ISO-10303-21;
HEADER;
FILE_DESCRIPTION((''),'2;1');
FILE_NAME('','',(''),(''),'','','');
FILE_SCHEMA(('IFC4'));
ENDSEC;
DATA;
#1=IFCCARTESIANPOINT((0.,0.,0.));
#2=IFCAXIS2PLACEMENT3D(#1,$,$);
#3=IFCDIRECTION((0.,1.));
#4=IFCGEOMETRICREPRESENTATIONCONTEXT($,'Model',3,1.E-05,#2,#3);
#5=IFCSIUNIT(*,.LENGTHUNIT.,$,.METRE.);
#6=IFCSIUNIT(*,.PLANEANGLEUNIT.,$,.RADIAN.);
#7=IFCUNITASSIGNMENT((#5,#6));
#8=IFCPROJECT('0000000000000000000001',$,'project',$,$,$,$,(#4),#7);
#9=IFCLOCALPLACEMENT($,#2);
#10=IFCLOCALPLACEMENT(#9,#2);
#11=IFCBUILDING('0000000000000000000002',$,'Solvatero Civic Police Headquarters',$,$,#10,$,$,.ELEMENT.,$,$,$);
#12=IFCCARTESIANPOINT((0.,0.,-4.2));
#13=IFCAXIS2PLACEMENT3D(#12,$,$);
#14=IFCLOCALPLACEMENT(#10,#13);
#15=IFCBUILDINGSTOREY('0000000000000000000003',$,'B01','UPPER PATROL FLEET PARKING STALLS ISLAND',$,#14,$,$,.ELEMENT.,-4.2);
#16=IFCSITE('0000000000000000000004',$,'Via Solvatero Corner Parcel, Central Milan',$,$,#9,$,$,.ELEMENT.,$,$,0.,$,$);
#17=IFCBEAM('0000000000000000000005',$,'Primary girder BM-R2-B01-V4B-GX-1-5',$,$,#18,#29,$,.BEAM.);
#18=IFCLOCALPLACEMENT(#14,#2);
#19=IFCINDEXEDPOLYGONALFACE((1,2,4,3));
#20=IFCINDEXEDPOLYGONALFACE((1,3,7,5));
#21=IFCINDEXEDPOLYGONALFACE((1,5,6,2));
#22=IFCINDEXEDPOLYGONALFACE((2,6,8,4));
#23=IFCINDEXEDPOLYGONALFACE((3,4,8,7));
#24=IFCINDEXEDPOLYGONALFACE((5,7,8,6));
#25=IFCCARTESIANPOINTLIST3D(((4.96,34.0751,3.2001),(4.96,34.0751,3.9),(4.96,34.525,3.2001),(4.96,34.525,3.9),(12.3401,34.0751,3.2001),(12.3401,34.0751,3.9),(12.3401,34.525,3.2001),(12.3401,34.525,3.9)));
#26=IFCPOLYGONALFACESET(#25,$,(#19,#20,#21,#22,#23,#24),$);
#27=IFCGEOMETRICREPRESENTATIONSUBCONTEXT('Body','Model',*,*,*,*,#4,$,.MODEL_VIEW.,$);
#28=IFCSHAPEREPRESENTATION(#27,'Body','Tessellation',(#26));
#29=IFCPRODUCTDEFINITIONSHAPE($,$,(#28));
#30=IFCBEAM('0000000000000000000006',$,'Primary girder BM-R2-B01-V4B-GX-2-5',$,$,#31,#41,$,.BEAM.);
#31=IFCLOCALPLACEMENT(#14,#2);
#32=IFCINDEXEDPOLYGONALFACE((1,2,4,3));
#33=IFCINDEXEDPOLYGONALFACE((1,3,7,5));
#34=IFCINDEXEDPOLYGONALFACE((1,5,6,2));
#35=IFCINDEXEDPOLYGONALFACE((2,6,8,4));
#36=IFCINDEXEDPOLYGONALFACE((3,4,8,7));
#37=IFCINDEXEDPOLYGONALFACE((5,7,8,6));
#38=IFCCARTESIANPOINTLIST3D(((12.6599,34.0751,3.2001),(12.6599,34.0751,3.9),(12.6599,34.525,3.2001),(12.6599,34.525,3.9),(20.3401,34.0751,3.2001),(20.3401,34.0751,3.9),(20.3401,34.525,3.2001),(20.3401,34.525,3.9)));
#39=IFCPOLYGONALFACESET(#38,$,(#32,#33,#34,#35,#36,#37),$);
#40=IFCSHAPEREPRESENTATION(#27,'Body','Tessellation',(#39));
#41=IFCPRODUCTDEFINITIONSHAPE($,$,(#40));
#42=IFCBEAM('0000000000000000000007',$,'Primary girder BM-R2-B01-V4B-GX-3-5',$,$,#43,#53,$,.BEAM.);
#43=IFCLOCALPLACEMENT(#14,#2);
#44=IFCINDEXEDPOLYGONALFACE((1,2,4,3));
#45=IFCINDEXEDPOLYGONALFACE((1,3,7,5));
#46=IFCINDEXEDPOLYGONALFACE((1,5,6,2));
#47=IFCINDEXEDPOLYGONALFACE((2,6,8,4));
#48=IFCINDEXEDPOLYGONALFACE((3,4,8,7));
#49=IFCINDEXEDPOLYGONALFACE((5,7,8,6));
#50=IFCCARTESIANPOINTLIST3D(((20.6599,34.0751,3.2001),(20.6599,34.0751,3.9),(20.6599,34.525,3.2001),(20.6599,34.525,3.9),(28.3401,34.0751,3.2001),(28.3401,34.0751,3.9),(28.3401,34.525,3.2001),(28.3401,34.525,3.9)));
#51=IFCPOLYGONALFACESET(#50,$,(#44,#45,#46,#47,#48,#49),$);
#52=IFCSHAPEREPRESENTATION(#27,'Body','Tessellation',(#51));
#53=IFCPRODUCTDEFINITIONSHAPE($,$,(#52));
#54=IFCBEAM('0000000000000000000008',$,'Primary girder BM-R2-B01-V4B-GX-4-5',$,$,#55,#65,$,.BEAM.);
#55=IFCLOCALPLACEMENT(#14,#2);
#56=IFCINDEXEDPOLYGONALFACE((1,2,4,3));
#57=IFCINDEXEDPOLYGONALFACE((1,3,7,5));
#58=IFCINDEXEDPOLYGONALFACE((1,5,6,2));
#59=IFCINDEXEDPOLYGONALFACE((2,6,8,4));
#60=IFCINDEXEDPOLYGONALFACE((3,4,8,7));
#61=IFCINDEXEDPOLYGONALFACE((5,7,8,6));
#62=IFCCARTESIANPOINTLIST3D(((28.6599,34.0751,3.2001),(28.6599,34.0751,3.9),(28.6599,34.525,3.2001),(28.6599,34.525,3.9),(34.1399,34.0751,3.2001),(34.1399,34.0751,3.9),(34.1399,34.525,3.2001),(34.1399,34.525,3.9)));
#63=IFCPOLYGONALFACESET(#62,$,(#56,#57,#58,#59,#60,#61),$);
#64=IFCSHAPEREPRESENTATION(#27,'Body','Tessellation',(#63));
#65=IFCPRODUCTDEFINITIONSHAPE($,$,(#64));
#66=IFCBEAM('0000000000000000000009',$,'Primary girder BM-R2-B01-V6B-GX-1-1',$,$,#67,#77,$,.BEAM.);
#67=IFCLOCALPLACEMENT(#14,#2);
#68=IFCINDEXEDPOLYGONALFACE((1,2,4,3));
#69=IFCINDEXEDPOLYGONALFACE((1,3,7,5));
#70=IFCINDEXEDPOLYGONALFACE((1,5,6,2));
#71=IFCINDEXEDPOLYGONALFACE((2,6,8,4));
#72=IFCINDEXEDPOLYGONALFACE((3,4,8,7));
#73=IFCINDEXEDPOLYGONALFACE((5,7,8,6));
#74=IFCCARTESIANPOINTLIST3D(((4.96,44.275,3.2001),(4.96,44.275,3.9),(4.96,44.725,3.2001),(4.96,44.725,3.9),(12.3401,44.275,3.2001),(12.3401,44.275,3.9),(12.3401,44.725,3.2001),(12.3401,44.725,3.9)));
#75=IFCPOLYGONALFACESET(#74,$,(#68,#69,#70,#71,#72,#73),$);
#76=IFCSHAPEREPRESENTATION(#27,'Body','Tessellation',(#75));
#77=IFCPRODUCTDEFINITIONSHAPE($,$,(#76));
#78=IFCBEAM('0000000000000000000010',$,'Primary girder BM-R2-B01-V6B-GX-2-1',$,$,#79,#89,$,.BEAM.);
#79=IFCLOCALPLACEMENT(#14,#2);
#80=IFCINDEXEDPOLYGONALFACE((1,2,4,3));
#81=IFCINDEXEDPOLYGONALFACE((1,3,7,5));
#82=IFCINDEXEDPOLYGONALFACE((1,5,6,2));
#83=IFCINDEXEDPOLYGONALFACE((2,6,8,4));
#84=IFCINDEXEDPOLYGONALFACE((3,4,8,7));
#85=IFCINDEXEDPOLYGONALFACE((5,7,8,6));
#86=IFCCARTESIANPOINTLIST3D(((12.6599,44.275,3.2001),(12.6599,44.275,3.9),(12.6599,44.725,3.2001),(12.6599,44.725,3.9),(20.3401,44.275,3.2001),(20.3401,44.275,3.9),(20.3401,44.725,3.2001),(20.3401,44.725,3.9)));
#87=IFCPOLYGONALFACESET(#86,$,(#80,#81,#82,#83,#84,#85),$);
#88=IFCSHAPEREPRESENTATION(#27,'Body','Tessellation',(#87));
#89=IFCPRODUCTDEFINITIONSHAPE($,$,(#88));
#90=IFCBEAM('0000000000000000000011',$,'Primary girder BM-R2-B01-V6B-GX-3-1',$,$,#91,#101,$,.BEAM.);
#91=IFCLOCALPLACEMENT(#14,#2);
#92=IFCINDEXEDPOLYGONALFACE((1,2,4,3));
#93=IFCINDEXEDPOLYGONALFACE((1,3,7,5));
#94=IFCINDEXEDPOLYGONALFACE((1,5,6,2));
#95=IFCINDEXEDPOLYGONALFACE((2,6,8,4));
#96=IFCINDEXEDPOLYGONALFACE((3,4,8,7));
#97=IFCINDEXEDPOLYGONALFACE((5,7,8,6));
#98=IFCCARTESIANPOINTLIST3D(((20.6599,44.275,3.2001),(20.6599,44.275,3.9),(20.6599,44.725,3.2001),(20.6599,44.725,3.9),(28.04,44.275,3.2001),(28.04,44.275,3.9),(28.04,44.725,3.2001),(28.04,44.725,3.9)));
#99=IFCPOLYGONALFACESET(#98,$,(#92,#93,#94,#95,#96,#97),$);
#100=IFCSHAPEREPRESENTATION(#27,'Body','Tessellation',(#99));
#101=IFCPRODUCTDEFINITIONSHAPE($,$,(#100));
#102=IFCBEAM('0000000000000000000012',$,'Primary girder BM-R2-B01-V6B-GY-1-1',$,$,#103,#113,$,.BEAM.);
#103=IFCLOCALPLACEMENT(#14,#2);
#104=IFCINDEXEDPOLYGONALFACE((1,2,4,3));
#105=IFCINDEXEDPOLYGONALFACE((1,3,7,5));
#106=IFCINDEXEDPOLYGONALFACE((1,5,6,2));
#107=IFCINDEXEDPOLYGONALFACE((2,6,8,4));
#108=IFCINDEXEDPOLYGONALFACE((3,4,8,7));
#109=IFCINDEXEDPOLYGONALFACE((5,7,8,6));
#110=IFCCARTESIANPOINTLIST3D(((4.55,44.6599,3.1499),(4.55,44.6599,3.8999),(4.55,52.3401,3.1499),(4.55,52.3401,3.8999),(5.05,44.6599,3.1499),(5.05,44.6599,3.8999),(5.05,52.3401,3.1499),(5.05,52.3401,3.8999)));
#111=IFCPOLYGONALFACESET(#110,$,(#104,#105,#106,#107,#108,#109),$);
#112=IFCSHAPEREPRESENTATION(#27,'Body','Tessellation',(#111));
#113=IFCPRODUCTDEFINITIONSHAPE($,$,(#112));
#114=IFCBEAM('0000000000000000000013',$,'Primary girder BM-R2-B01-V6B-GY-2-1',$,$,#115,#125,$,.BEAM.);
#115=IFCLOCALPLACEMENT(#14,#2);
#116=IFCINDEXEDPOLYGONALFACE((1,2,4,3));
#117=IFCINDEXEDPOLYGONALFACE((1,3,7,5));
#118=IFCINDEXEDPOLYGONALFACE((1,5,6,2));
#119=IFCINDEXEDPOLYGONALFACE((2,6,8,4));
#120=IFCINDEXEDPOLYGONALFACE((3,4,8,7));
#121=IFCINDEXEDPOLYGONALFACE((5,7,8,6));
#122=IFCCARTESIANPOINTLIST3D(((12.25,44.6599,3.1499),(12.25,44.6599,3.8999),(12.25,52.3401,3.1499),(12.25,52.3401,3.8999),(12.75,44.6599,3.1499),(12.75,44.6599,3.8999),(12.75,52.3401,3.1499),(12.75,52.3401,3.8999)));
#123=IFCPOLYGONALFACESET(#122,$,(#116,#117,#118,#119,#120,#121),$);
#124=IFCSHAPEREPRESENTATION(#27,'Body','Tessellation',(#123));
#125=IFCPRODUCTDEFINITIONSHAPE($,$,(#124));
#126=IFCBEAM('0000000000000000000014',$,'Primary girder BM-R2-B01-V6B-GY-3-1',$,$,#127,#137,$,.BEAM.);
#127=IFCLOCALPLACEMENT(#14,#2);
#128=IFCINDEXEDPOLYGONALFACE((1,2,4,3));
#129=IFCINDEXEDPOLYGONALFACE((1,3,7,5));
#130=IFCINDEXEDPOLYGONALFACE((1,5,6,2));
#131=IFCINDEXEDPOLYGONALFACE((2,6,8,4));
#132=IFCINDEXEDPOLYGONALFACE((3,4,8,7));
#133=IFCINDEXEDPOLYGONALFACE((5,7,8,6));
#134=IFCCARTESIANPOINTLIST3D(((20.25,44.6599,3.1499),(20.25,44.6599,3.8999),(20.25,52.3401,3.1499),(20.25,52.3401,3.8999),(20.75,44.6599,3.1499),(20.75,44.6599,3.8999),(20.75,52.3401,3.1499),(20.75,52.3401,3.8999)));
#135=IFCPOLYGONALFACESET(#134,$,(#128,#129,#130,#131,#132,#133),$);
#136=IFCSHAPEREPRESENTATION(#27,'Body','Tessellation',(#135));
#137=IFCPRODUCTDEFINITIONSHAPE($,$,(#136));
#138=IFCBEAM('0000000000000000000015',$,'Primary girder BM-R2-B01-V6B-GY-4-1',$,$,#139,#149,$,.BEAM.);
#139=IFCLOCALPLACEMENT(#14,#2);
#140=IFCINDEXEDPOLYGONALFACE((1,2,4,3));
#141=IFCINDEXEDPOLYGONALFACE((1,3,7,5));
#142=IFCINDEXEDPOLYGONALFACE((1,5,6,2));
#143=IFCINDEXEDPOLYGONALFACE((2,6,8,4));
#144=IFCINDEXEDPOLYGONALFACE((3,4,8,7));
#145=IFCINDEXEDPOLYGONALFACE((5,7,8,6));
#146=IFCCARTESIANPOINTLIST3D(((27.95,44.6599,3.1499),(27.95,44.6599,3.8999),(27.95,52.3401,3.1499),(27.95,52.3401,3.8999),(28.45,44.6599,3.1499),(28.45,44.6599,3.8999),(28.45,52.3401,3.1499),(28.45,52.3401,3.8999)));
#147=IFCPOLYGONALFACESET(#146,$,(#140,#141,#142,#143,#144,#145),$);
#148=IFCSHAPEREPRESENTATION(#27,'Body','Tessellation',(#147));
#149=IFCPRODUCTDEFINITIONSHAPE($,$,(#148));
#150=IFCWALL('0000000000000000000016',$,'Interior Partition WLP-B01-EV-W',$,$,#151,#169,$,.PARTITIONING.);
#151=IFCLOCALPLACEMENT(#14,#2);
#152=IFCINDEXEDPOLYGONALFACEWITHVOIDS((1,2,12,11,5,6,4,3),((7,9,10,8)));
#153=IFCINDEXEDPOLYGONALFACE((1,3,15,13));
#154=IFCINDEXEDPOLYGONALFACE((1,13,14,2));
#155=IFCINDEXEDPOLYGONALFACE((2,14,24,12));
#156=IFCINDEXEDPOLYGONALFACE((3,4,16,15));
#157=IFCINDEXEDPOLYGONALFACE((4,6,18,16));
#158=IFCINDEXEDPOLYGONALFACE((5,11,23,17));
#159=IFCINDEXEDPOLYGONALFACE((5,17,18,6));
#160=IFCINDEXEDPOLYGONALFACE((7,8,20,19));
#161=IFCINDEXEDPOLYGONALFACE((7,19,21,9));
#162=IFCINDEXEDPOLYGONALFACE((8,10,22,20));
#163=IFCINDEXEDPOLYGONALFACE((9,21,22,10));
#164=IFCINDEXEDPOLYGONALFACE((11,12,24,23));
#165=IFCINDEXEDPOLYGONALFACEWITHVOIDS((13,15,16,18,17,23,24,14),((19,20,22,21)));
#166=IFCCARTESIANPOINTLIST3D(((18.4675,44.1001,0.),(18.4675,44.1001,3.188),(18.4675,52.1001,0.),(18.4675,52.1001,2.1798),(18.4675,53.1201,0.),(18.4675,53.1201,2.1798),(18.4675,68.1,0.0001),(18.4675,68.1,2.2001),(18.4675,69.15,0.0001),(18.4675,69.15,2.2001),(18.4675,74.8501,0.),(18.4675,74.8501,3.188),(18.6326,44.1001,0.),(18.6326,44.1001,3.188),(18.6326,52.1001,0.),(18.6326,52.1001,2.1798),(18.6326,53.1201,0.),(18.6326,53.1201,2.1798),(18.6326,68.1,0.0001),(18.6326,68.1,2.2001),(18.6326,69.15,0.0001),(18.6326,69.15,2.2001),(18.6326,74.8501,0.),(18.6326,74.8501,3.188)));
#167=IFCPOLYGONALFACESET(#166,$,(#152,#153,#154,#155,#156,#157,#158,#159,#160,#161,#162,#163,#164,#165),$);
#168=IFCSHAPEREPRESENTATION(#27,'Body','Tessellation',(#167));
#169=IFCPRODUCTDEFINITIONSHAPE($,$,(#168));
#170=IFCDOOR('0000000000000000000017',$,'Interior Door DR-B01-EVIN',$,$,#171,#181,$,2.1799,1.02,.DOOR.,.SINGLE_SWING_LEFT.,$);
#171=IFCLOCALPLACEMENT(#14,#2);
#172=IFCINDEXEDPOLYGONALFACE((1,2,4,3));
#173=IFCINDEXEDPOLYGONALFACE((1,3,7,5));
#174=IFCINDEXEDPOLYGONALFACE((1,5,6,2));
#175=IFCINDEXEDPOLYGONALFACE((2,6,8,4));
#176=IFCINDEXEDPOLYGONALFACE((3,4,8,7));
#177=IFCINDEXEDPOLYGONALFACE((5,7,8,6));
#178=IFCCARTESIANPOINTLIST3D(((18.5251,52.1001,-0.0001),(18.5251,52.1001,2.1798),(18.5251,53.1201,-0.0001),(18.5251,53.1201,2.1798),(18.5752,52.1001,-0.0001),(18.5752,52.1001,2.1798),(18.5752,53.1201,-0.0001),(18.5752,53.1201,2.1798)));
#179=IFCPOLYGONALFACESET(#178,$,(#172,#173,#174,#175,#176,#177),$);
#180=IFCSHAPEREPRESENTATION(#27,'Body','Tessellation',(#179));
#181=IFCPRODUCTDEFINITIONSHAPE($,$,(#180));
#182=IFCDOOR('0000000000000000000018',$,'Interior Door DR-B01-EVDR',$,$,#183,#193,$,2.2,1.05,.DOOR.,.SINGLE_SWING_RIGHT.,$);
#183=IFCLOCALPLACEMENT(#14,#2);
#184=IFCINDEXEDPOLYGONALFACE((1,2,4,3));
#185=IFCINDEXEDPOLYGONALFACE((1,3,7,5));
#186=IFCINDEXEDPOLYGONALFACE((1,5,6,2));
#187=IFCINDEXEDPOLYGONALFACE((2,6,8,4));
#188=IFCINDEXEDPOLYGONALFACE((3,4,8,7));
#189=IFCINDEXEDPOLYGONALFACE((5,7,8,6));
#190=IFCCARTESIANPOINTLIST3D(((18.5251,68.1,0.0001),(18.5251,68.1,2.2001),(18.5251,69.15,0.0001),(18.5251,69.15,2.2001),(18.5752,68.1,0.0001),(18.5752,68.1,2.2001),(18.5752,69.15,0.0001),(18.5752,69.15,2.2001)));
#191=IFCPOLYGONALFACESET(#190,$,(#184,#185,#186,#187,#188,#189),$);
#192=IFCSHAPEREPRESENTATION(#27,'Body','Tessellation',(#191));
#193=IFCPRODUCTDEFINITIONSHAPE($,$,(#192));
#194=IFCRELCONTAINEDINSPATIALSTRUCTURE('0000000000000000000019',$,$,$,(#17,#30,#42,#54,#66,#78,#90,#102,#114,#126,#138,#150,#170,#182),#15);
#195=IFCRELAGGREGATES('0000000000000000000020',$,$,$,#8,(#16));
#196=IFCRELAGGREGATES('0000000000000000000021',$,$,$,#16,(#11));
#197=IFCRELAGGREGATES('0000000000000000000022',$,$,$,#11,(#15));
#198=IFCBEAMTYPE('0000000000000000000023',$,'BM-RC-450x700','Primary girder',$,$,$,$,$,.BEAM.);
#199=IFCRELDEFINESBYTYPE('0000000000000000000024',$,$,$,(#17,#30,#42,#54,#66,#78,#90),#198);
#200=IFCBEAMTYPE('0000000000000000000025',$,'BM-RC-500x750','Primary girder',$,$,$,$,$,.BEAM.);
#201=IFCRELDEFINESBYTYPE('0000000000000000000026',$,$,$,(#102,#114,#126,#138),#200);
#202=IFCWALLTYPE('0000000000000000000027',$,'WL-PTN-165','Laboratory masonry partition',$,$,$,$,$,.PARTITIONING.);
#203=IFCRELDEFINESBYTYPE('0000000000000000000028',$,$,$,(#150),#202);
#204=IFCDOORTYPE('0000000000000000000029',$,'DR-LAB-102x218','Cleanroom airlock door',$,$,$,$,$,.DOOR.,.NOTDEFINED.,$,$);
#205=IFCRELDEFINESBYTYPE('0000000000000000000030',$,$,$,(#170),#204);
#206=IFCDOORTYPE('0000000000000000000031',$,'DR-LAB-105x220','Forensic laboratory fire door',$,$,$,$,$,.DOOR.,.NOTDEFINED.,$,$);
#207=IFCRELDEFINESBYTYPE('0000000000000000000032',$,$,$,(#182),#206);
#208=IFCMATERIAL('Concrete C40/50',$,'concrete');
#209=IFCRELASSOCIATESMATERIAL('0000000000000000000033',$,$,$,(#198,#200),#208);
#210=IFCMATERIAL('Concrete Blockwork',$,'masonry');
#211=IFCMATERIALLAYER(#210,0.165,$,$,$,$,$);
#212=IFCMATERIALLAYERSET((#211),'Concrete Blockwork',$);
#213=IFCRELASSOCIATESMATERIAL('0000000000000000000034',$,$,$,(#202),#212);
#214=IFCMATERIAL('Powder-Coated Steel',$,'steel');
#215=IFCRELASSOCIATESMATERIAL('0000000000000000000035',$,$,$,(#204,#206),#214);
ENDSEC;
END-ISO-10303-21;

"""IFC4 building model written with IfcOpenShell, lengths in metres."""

from ifc_helpers import new_model, si_unit, direction, frame, frame_2d, origin, origin_2d, place, context, subcontext, project, spatial, rectangle, extrude, material, layer, layer_set, material_profile, profile_set, type_object, element, fill, save


model = new_model("IFC4")

# Units and contexts
model_context = context("Model", 3, precision=1e-05, world=origin(), true_north=direction((0.0, 1.0)))
body_context = subcontext(model_context, "Body", "Model", "MODEL_VIEW")
ifc_project = project(units=[si_unit("LENGTHUNIT", "METRE"), si_unit("PLANEANGLEUNIT", "RADIAN")], contexts=[model_context])

# Site, building, storey
site_placement = place(None, origin())
site = spatial("IfcSite", under=ifc_project, at=site_placement, Name="Via Solvatero Corner Parcel, Central Milan", CompositionType="ELEMENT", RefElevation=0.0)
building_placement = place(site_placement, origin())
building = spatial("IfcBuilding", under=site, at=building_placement, Name="Solvatero Civic Police Headquarters", CompositionType="ELEMENT")
storey_placement = place(building_placement, frame((0.0, 0.0, -4.2)))
storey = spatial("IfcBuildingStorey", under=building, at=storey_placement, Name="B01", Description="UPPER PATROL FLEET PARKING STALLS ISLAND", CompositionType="ELEMENT", Elevation=-4.2)

# Shared definitions
ifc_material_1 = material(Name="Concrete C40/50", Category="concrete")

# Beams
ifc_material_profile_1 = material_profile(ifc_material_1, rectangle(XDim=0.45, YDim=0.7, at=origin_2d()), Name="RC 450x700")
ifc_profile_set_1 = profile_set([ifc_material_profile_1], Name="Concrete C40/50")
beam_type_1 = type_object("IfcBeamType", Name="BM-RC-450x700", Description="Primary girder", PredefinedType="BEAM", material=ifc_profile_set_1)
beam_1_placement = place(storey_placement, frame((4.96, 34.3, 3.55), z_axis=(1.0, 0.0, 0.0), x_axis=(0.0, 1.0, 0.0)))
element("IfcBeam", 1, at=beam_1_placement, inside=storey, type_object=beam_type_1, Name="Primary girder BM-R2-B01-V4B-GX-1-5", PredefinedType="BEAM", context=body_context, shape_type="SweptSolid", body=[
    extrude(rectangle(XDim=0.45, YDim=0.7, at=origin_2d()), origin(), (0.0, 0.0, 1.0), 7.3801),
])
for number, where, z_axis, x_axis, name in (
    (2, (12.6599, 34.3, 3.55), (1.0, 0.0, 0.0), (0.0, 1.0, 0.0), "Primary girder BM-R2-B01-V4B-GX-2-5"),
    (3, (20.6599, 34.3, 3.55), (1.0, 0.0, 0.0), (0.0, 1.0, 0.0), "Primary girder BM-R2-B01-V4B-GX-3-5"),
):
    element("IfcBeam", number, at=place(storey_placement, frame(where, z_axis=z_axis, x_axis=x_axis)), inside=storey, type_object=beam_type_1, Name=name, PredefinedType="BEAM", context=body_context, shape_type="SweptSolid", body=[
        extrude(rectangle(XDim=0.45, YDim=0.7, at=origin_2d()), origin(), (0.0, 0.0, 1.0), 7.6802),
    ])
beam_2_placement = place(storey_placement, frame((28.6599, 34.3, 3.55), z_axis=(1.0, 0.0, 0.0), x_axis=(0.0, 1.0, 0.0)))
element("IfcBeam", 4, at=beam_2_placement, inside=storey, type_object=beam_type_1, Name="Primary girder BM-R2-B01-V4B-GX-4-5", PredefinedType="BEAM", context=body_context, shape_type="SweptSolid", body=[
    extrude(rectangle(XDim=0.45, YDim=0.7, at=origin_2d()), origin(), (0.0, 0.0, 1.0), 5.48),
])
beam_3_placement = place(storey_placement, frame((4.96, 44.5, 3.55), z_axis=(1.0, 0.0, 0.0), x_axis=(0.0, 1.0, 0.0)))
element("IfcBeam", 5, at=beam_3_placement, inside=storey, type_object=beam_type_1, Name="Primary girder BM-R2-B01-V6B-GX-1-1", PredefinedType="BEAM", context=body_context, shape_type="SweptSolid", body=[
    extrude(rectangle(XDim=0.45, YDim=0.7, at=origin_2d()), origin(), (0.0, 0.0, 1.0), 7.3801),
])
beam_4_placement = place(storey_placement, frame((12.6599, 44.5, 3.55), z_axis=(1.0, 0.0, 0.0), x_axis=(0.0, 1.0, 0.0)))
element("IfcBeam", 6, at=beam_4_placement, inside=storey, type_object=beam_type_1, Name="Primary girder BM-R2-B01-V6B-GX-2-1", PredefinedType="BEAM", context=body_context, shape_type="SweptSolid", body=[
    extrude(rectangle(XDim=0.45, YDim=0.7, at=origin_2d()), origin(), (0.0, 0.0, 1.0), 7.6802),
])
beam_5_placement = place(storey_placement, frame((20.6599, 44.5, 3.55), z_axis=(1.0, 0.0, 0.0), x_axis=(0.0, 1.0, 0.0)))
element("IfcBeam", 7, at=beam_5_placement, inside=storey, type_object=beam_type_1, Name="Primary girder BM-R2-B01-V6B-GX-3-1", PredefinedType="BEAM", context=body_context, shape_type="SweptSolid", body=[
    extrude(rectangle(XDim=0.45, YDim=0.7, at=origin_2d()), origin(), (0.0, 0.0, 1.0), 7.3801),
])
ifc_material_profile_2 = material_profile(ifc_material_1, rectangle(XDim=0.5, YDim=0.75, at=origin_2d()), Name="RC 500x750")
ifc_profile_set_2 = profile_set([ifc_material_profile_2], Name="Concrete C40/50")
beam_type_2 = type_object("IfcBeamType", Name="BM-RC-500x750", Description="Primary girder", PredefinedType="BEAM", material=ifc_profile_set_2)
for number, where, z_axis, x_axis, name in (
    (8, (4.8, 44.6599, 3.5249), (0.0, 1.0, 0.0), (-1.0, 0.0, 0.0), "Primary girder BM-R2-B01-V6B-GY-1-1"),
    (9, (12.5, 44.6599, 3.5249), (0.0, 1.0, 0.0), (-1.0, 0.0, 0.0), "Primary girder BM-R2-B01-V6B-GY-2-1"),
    (10, (20.5, 44.6599, 3.5249), (0.0, 1.0, 0.0), (-1.0, 0.0, 0.0), "Primary girder BM-R2-B01-V6B-GY-3-1"),
    (11, (28.2, 44.6599, 3.5249), (0.0, 1.0, 0.0), (-1.0, 0.0, 0.0), "Primary girder BM-R2-B01-V6B-GY-4-1"),
):
    element("IfcBeam", number, at=place(storey_placement, frame(where, z_axis=z_axis, x_axis=x_axis)), inside=storey, type_object=beam_type_2, Name=name, PredefinedType="BEAM", context=body_context, shape_type="SweptSolid", body=[
        extrude(rectangle(XDim=0.5, YDim=0.75, at=origin_2d()), origin(), (0.0, 0.0, 1.0), 7.6802),
    ])

# Wall, openings, doors
ifc_material_2 = material(Name="Concrete Blockwork", Category="masonry")
ifc_layer_1 = layer(ifc_material_2, 0.165)
ifc_layer_set_1 = layer_set([ifc_layer_1], Name="Concrete Blockwork")
wall_type_1 = type_object("IfcWallType", Name="WL-PTN-165", Description="Laboratory masonry partition", PredefinedType="PARTITIONING", material=ifc_layer_set_1)
wall_1_placement = place(storey_placement, frame((18.55, 44.1001, 0.0), z_axis=(0.0, 0.0, 1.0), x_axis=(0.0, 1.0, 0.0)))
wall_1 = element("IfcWall", 12, at=wall_1_placement, inside=storey, type_object=wall_type_1, Name="Interior Partition WLP-B01-EV-W", PredefinedType="PARTITIONING", context=body_context, shape_type="SweptSolid", body=[
    extrude(rectangle(XDim=30.75, YDim=0.165, at=frame_2d((15.375, 0.0))), origin(), (0.0, 0.0, 1.0), 3.188),
])
opening_1_placement = place(wall_1_placement, frame((8.0, 0.0, 0.0)))
opening_1 = element("IfcOpeningElement", 13, at=opening_1_placement, cuts=wall_1, PredefinedType="OPENING", context=body_context, shape_type="SweptSolid", body=[
    extrude(rectangle(XDim=1.02, YDim=2.1799, at=frame_2d((0.51, 1.0898))), frame((0.0, 0.0925, 0.0), z_axis=(0.0, -1.0, 0.0), x_axis=(1.0, 0.0, 0.0)), (0.0, 0.0, 1.0), 0.1851),
])
opening_2_placement = place(wall_1_placement, frame((24.0, 0.0, 0.0)))
opening_2 = element("IfcOpeningElement", 14, at=opening_2_placement, cuts=wall_1, PredefinedType="OPENING", context=body_context, shape_type="SweptSolid", body=[
    extrude(rectangle(XDim=1.05, YDim=2.2, at=frame_2d((0.5249, 1.1001))), frame((0.0, 0.0925, 0.0), z_axis=(0.0, -1.0, 0.0), x_axis=(1.0, 0.0, 0.0)), (0.0, 0.0, 1.0), 0.1851),
])
ifc_material_3 = material(Name="Powder-Coated Steel", Category="steel")
door_type_1 = type_object("IfcDoorType", Name="DR-LAB-102x218", Description="Cleanroom airlock door", OperationType="NOTDEFINED", PredefinedType="DOOR", material=ifc_material_3)
door_1_placement = place(opening_1_placement, origin())
door_1 = element("IfcDoor", 15, at=door_1_placement, inside=storey, type_object=door_type_1, Name="Interior Door DR-B01-EVIN", OperationType="SINGLE_SWING_LEFT", OverallHeight=2.1799, OverallWidth=1.02, PredefinedType="DOOR", context=body_context, shape_type="SweptSolid", body=[
    extrude(rectangle(XDim=1.02, YDim=2.1799, at=frame_2d((0.51, 1.0898))), frame((0.0, 0.0249, 0.0), z_axis=(0.0, -1.0, 0.0), x_axis=(1.0, 0.0, 0.0)), (0.0, 0.0, 1.0), 0.05),
])
fill(opening_1, door_1)
door_type_2 = type_object("IfcDoorType", Name="DR-LAB-105x220", Description="Forensic laboratory fire door", OperationType="NOTDEFINED", PredefinedType="DOOR", material=ifc_material_3)
door_2_placement = place(opening_2_placement, origin())
door_2 = element("IfcDoor", 16, at=door_2_placement, inside=storey, type_object=door_type_2, Name="Interior Door DR-B01-EVDR", OperationType="SINGLE_SWING_RIGHT", OverallHeight=2.2, OverallWidth=1.05, PredefinedType="DOOR", context=body_context, shape_type="SweptSolid", body=[
    extrude(rectangle(XDim=1.05, YDim=2.2, at=frame_2d((0.5249, 1.1001))), frame((0.0, 0.0249, 0.0), z_axis=(0.0, -1.0, 0.0), x_axis=(1.0, 0.0, 0.0)), (0.0, 0.0, 1.0), 0.05),
])
fill(opening_2, door_2)

save(model, "model.ifc")
